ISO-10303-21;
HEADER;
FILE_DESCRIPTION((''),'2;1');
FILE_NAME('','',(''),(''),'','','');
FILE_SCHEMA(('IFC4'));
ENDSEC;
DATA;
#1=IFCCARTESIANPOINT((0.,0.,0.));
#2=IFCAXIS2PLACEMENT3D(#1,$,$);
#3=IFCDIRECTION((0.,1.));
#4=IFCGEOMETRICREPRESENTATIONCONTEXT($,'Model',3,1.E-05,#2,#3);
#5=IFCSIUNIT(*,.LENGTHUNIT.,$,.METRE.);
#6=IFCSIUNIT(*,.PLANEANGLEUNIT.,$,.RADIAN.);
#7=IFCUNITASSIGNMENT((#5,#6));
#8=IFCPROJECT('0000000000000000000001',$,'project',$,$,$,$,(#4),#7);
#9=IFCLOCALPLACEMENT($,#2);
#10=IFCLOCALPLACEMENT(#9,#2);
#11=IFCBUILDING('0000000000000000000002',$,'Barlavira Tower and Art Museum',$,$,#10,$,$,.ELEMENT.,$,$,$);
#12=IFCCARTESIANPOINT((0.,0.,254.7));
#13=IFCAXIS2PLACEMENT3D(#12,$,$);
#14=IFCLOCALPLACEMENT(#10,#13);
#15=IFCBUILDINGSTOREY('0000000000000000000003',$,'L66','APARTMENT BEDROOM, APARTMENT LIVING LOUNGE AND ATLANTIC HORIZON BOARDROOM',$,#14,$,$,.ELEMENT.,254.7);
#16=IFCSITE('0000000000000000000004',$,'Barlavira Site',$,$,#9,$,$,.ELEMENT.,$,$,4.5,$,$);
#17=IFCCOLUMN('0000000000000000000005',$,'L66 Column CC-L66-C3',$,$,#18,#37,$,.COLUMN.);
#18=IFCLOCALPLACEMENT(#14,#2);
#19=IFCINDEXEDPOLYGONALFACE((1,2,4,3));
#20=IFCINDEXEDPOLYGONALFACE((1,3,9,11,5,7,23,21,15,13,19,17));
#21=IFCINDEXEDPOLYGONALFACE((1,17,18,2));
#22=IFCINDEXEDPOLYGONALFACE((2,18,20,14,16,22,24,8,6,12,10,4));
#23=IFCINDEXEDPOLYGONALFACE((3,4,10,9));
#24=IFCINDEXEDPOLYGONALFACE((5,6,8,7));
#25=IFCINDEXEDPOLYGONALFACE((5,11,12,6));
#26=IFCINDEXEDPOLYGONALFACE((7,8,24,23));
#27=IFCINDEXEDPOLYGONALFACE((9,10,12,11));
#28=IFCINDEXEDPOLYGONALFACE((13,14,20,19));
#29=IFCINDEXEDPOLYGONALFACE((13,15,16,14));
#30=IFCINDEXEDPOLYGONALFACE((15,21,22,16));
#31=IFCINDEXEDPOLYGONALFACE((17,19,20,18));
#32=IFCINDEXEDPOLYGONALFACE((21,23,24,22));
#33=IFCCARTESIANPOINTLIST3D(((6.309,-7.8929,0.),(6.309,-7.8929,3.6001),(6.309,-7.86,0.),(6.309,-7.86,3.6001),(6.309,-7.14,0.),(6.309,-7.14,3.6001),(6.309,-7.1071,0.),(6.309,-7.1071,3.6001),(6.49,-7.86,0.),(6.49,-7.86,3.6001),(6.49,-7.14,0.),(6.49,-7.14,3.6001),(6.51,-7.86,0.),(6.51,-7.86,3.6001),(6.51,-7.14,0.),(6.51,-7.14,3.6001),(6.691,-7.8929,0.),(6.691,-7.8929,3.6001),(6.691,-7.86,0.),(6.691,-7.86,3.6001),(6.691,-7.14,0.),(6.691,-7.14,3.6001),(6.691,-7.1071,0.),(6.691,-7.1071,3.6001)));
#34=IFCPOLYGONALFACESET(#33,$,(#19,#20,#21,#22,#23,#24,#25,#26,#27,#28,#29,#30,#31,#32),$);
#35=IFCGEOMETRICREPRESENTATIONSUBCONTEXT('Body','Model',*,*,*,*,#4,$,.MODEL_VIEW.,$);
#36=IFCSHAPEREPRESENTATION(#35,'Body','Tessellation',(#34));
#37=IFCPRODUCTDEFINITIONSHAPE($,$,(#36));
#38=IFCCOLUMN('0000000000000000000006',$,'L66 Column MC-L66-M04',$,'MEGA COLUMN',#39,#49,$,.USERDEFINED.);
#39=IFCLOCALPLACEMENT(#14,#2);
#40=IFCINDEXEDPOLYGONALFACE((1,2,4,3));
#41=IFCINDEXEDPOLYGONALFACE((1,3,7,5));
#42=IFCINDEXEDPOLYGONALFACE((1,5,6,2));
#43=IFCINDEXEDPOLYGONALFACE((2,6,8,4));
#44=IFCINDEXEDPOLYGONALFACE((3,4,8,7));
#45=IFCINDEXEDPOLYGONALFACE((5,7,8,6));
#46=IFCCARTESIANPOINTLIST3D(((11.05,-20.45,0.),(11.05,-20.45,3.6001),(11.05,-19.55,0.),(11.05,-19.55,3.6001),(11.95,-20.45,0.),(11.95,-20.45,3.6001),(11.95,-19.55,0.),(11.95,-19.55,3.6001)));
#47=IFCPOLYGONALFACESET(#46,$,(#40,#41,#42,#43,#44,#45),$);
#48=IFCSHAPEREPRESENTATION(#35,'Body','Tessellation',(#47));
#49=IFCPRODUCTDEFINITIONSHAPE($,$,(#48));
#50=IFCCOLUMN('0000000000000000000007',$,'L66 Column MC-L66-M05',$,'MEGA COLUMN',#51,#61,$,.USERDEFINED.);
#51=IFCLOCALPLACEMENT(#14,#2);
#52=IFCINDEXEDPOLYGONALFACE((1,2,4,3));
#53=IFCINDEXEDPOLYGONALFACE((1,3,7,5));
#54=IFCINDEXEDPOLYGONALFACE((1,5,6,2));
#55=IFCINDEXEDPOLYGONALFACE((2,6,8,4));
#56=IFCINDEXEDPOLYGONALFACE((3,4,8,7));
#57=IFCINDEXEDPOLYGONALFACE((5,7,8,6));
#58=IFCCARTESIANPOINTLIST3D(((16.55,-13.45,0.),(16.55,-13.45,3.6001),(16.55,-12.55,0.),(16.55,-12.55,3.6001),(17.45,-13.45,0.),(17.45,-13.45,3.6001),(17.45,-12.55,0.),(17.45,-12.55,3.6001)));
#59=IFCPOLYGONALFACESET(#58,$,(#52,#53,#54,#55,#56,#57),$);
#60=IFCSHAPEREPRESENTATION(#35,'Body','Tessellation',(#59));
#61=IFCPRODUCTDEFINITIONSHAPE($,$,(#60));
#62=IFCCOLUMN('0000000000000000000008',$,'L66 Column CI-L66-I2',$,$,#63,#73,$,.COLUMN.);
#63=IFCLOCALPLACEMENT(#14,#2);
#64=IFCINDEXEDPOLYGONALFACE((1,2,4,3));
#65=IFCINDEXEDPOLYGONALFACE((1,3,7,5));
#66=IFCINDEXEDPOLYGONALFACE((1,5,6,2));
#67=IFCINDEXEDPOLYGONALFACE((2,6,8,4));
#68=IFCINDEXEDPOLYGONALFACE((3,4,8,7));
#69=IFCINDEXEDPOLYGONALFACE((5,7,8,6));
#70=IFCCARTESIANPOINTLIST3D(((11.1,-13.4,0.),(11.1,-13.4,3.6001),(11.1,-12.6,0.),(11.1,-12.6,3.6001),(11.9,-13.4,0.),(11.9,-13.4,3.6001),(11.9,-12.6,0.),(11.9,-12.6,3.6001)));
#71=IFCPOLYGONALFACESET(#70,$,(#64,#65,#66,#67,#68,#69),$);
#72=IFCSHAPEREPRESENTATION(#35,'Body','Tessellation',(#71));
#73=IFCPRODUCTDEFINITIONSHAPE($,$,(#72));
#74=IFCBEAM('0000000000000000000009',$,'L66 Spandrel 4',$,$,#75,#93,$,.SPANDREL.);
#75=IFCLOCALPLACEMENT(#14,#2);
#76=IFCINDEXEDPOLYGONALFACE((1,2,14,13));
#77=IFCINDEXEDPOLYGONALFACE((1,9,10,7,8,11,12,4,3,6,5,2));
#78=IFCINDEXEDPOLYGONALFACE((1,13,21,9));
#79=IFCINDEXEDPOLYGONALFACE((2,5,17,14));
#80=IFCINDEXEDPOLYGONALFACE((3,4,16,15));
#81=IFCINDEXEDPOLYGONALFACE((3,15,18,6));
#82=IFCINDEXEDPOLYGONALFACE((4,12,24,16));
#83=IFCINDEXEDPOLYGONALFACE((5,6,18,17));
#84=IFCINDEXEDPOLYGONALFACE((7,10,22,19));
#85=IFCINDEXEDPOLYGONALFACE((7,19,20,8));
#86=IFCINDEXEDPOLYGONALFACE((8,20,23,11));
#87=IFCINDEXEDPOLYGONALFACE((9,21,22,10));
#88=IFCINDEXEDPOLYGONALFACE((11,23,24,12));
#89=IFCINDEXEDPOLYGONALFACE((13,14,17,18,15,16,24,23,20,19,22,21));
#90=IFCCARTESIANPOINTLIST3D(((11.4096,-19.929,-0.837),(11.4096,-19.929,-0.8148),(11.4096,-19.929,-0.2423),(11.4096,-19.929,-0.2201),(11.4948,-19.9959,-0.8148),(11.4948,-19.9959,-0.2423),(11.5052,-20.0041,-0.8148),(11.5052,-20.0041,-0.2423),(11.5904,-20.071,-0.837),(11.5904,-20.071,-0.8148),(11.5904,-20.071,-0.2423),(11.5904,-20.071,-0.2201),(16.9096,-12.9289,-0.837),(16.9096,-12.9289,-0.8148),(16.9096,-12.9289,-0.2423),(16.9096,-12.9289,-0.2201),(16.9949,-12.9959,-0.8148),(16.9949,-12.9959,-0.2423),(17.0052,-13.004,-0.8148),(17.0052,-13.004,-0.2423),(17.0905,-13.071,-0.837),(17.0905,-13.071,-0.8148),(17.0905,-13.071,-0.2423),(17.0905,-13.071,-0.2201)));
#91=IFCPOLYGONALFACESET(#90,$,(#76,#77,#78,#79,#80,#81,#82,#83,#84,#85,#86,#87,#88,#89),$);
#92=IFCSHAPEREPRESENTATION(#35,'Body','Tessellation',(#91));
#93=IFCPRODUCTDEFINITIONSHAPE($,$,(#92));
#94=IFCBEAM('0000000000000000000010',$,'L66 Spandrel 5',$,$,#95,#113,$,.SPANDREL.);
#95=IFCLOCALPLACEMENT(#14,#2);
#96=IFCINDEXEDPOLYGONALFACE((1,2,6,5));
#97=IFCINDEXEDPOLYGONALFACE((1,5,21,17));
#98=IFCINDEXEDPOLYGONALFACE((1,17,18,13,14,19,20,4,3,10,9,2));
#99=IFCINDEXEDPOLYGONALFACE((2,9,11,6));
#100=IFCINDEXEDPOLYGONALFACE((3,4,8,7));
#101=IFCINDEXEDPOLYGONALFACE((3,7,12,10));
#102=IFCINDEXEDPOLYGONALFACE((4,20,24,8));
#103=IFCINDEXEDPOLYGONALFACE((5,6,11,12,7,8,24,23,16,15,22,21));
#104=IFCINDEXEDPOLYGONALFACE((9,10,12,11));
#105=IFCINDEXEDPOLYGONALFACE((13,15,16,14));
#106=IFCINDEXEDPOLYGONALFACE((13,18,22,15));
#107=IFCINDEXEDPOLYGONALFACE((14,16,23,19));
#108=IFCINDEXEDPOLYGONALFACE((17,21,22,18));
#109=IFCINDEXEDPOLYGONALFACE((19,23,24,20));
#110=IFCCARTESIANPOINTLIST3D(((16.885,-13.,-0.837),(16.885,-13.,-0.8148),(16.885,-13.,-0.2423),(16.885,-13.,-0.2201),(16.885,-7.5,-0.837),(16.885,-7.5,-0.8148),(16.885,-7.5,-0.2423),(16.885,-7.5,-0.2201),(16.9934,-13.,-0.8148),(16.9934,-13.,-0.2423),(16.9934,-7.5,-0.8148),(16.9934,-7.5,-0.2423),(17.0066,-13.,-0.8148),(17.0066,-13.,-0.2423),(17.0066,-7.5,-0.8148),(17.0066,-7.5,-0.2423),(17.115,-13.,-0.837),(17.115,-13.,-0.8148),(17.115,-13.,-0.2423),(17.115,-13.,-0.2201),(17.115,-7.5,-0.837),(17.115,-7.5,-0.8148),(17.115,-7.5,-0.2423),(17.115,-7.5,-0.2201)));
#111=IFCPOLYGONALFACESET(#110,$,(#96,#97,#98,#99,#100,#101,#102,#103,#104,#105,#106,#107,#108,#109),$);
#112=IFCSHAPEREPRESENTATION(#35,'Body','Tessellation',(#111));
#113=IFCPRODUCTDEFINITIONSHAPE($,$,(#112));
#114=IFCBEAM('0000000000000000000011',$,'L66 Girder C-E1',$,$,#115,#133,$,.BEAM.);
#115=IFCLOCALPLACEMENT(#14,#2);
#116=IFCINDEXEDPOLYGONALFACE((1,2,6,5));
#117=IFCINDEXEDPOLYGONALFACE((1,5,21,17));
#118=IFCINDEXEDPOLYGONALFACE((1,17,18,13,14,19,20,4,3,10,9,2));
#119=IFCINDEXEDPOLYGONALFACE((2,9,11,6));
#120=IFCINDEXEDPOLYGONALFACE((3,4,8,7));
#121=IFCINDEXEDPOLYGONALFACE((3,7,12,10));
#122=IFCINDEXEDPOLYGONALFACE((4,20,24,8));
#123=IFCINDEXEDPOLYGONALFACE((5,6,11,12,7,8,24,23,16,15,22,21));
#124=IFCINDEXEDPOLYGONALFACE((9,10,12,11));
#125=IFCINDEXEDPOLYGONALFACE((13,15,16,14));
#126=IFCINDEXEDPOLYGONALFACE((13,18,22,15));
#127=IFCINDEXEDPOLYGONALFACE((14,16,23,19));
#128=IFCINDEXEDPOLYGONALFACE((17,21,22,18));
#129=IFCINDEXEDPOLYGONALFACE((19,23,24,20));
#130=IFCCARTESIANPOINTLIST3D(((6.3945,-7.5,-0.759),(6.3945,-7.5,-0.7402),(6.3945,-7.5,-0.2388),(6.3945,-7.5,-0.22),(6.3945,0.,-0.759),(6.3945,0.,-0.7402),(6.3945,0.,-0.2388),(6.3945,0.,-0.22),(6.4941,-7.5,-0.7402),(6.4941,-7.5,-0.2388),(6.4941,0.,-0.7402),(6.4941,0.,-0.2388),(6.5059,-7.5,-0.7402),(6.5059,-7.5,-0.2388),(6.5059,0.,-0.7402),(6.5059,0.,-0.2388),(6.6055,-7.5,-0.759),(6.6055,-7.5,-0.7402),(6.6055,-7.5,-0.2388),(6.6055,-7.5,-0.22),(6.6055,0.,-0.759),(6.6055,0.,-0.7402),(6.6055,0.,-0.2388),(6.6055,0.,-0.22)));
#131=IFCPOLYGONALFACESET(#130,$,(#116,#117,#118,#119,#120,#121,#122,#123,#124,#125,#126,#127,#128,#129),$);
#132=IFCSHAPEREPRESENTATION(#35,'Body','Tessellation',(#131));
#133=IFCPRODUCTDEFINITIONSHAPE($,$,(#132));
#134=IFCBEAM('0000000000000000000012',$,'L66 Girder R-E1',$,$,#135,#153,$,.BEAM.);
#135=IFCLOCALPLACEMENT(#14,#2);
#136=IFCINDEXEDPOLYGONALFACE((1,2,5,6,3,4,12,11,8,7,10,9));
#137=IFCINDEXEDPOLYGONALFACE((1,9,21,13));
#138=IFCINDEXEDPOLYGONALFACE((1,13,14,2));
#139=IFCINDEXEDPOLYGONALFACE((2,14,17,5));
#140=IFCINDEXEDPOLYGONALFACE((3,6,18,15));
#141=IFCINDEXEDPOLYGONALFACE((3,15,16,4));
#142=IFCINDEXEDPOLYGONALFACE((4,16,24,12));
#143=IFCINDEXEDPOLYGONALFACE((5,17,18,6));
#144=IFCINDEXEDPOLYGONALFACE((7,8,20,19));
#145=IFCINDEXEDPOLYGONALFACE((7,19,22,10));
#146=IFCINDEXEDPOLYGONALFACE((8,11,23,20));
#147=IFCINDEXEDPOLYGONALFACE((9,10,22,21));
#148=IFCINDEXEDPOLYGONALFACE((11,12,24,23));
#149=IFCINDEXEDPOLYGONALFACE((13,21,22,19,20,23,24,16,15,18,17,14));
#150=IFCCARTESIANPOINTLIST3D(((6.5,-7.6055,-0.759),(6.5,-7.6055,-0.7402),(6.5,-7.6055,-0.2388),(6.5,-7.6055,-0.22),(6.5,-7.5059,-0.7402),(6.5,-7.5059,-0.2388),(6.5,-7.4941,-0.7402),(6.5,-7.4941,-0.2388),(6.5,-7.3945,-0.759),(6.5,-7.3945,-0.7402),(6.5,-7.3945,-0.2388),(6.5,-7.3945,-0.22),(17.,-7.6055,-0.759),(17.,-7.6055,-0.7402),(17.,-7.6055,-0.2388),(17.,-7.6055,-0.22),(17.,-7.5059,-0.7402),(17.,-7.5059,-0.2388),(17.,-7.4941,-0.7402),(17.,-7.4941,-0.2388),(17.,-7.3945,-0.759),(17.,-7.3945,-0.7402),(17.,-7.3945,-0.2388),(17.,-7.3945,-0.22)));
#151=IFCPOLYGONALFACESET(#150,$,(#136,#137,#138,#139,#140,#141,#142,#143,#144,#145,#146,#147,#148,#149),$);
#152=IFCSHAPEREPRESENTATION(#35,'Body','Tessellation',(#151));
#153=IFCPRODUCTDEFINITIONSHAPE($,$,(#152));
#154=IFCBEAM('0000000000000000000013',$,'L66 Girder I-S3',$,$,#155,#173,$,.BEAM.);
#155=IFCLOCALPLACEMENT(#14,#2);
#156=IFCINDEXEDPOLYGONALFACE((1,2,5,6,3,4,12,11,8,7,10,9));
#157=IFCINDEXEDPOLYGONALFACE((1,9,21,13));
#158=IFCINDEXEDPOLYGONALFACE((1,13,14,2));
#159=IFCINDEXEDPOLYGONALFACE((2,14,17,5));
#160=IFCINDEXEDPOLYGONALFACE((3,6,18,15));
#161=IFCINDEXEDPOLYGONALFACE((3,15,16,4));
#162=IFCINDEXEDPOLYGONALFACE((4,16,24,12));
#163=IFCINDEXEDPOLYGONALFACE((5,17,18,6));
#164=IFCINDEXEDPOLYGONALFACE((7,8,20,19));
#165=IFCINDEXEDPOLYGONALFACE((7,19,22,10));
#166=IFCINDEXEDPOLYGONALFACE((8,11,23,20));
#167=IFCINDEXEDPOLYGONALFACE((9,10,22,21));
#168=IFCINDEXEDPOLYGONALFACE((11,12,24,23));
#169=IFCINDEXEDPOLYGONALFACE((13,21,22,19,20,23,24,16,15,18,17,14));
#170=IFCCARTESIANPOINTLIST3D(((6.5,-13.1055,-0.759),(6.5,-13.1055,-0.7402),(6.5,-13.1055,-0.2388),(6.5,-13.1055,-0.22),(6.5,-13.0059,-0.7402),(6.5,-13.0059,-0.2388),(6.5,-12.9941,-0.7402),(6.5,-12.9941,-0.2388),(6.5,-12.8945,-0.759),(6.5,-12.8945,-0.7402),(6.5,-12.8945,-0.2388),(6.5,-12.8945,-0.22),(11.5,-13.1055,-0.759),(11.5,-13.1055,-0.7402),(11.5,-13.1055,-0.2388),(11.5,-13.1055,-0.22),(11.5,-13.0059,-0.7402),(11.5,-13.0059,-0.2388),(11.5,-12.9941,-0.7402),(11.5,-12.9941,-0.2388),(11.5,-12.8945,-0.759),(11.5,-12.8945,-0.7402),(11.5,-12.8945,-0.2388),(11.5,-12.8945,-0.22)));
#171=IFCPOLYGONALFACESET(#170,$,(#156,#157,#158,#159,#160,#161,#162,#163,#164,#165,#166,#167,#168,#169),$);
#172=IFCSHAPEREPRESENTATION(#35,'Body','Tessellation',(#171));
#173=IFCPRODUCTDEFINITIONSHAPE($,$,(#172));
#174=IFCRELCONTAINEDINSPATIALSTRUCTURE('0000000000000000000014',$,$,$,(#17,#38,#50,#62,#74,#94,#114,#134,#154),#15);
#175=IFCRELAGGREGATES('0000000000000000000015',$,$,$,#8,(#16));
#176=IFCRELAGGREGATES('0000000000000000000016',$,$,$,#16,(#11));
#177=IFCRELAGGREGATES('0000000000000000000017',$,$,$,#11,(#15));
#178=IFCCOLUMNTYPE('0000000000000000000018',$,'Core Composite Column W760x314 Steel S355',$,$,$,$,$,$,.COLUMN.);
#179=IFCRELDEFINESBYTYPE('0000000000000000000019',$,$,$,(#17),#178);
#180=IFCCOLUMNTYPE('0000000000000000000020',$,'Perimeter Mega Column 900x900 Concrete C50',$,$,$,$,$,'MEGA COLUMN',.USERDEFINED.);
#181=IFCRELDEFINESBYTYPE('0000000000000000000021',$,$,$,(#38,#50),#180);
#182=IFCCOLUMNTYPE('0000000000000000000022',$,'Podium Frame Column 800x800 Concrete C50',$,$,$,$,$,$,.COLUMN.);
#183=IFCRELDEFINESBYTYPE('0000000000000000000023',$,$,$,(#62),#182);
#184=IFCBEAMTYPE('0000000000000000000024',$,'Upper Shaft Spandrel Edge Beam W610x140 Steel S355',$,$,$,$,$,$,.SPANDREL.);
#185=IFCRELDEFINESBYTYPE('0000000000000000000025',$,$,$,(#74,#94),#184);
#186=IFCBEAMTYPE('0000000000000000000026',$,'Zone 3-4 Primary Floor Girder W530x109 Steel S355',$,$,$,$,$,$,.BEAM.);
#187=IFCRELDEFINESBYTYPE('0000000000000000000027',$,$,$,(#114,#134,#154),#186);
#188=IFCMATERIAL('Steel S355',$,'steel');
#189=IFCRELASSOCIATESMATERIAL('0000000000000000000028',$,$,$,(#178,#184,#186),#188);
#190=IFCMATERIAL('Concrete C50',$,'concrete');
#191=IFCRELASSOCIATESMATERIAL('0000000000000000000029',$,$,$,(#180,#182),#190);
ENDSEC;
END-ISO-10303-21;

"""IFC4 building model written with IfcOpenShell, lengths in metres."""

from ifc_helpers import new_model, si_unit, direction, frame, origin, origin_2d, place, context, subcontext, project, spatial, rectangle, i_section, extrude, material, material_profile, profile_set, type_object, element, save


model = new_model("IFC4")

# Units and contexts
model_context = context("Model", 3, precision=1e-05, world=origin(), true_north=direction((0.0, 1.0)))
body_context = subcontext(model_context, "Body", "Model", "MODEL_VIEW")
ifc_project = project(units=[si_unit("LENGTHUNIT", "METRE"), si_unit("PLANEANGLEUNIT", "RADIAN")], contexts=[model_context])

# Site, building, storey
site_placement = place(None, origin())
site = spatial("IfcSite", under=ifc_project, at=site_placement, Name="Barlavira Site", CompositionType="ELEMENT", RefElevation=4.5)
building_placement = place(site_placement, origin())
building = spatial("IfcBuilding", under=site, at=building_placement, Name="Barlavira Tower and Art Museum", CompositionType="ELEMENT")
storey_placement = place(building_placement, frame((0.0, 0.0, 254.7)))
storey = spatial("IfcBuildingStorey", under=building, at=storey_placement, Name="L66", Description="APARTMENT BEDROOM, APARTMENT LIVING LOUNGE AND ATLANTIC HORIZON BOARDROOM", CompositionType="ELEMENT", Elevation=254.7)

# Columns
ifc_material_1 = material(Name="Steel S355", Category="steel")
ifc_material_profile_1 = material_profile(ifc_material_1, i_section(OverallWidth=0.3821, OverallDepth=0.7859, WebThickness=0.02, FlangeThickness=0.033, at=origin_2d()), Name="W760x314.0")
ifc_profile_set_1 = profile_set([ifc_material_profile_1], Name="Steel S355")
column_type_1 = type_object("IfcColumnType", Name="Core Composite Column W760x314 Steel S355", PredefinedType="COLUMN", material=ifc_profile_set_1)
column_1_placement = place(storey_placement, frame((6.5, -7.5, 0.0), z_axis=(0.0, 0.0, 1.0), x_axis=(1.0, 0.0, 0.0)))
element("IfcColumn", 1, at=column_1_placement, inside=storey, type_object=column_type_1, Name="L66 Column CC-L66-C3", PredefinedType="COLUMN", context=body_context, shape_type="SweptSolid", body=[
    extrude(i_section(OverallWidth=0.3821, OverallDepth=0.7859, WebThickness=0.02, FlangeThickness=0.033, at=origin_2d()), origin(), (0.0, 0.0, 1.0), 3.6001),
])
ifc_material_2 = material(Name="Concrete C50", Category="concrete")
ifc_material_profile_2 = material_profile(ifc_material_2, rectangle(XDim=0.8999, YDim=0.8999, at=origin_2d()), Name="RC-COL 900x900")
ifc_profile_set_2 = profile_set([ifc_material_profile_2], Name="Concrete C50")
column_type_2 = type_object("IfcColumnType", Name="Perimeter Mega Column 900x900 Concrete C50", ElementType="MEGA COLUMN", PredefinedType="USERDEFINED", material=ifc_profile_set_2)
for number, where, z_axis, x_axis, name in (
    (2, (11.5, -20.0, 0.0), (0.0, 0.0, 1.0), (1.0, 0.0, 0.0), "L66 Column MC-L66-M04"),
    (3, (17.0, -13.0, 0.0), (0.0, 0.0, 1.0), (1.0, 0.0, 0.0), "L66 Column MC-L66-M05"),
):
    element("IfcColumn", number, at=place(storey_placement, frame(where, z_axis=z_axis, x_axis=x_axis)), inside=storey, type_object=column_type_2, Name=name, ObjectType="MEGA COLUMN", PredefinedType="USERDEFINED", context=body_context, shape_type="SweptSolid", body=[
        extrude(rectangle(XDim=0.8999, YDim=0.8999, at=origin_2d()), origin(), (0.0, 0.0, 1.0), 3.6001),
    ])
ifc_material_profile_3 = material_profile(ifc_material_2, rectangle(XDim=0.8, YDim=0.8, at=origin_2d()), Name="RC-COL 800x800")
ifc_profile_set_3 = profile_set([ifc_material_profile_3], Name="Concrete C50")
column_type_3 = type_object("IfcColumnType", Name="Podium Frame Column 800x800 Concrete C50", PredefinedType="COLUMN", material=ifc_profile_set_3)
column_2_placement = place(storey_placement, frame((11.5, -13.0, 0.0), z_axis=(0.0, 0.0, 1.0), x_axis=(1.0, 0.0, 0.0)))
element("IfcColumn", 4, at=column_2_placement, inside=storey, type_object=column_type_3, Name="L66 Column CI-L66-I2", PredefinedType="COLUMN", context=body_context, shape_type="SweptSolid", body=[
    extrude(rectangle(XDim=0.8, YDim=0.8, at=origin_2d()), origin(), (0.0, 0.0, 1.0), 3.6001),
])

# Beams
ifc_material_profile_4 = material_profile(ifc_material_1, i_section(OverallWidth=0.23, OverallDepth=0.6169, WebThickness=0.0132, FlangeThickness=0.0222, at=origin_2d()), Name="W610x140.0")
ifc_profile_set_4 = profile_set([ifc_material_profile_4], Name="Steel S355")
beam_type_1 = type_object("IfcBeamType", Name="Upper Shaft Spandrel Edge Beam W610x140 Steel S355", PredefinedType="SPANDREL", material=ifc_profile_set_4)
beam_1_placement = place(storey_placement, frame((11.5, -20.0, -0.5286), z_axis=(0.617822, 0.786318, 0.0), x_axis=(-0.786318, 0.617822, 0.0)))
element("IfcBeam", 5, at=beam_1_placement, inside=storey, type_object=beam_type_1, Name="L66 Spandrel 4", PredefinedType="SPANDREL", context=body_context, shape_type="SweptSolid", body=[
    extrude(i_section(OverallWidth=0.23, OverallDepth=0.6169, WebThickness=0.0132, FlangeThickness=0.0222, at=origin_2d()), origin(), (0.0, 0.0, 1.0), 8.9023),
])
beam_2_placement = place(storey_placement, frame((17.0, -13.0, -0.5286), z_axis=(0.0, 1.0, 0.0), x_axis=(-1.0, 0.0, 0.0)))
element("IfcBeam", 6, at=beam_2_placement, inside=storey, type_object=beam_type_1, Name="L66 Spandrel 5", PredefinedType="SPANDREL", context=body_context, shape_type="SweptSolid", body=[
    extrude(i_section(OverallWidth=0.23, OverallDepth=0.6169, WebThickness=0.0132, FlangeThickness=0.0222, at=origin_2d()), origin(), (0.0, 0.0, 1.0), 5.5),
])
ifc_material_profile_5 = material_profile(ifc_material_1, i_section(OverallWidth=0.2109, OverallDepth=0.5391, WebThickness=0.0117, FlangeThickness=0.0188, at=origin_2d()), Name="W530x109.0")
ifc_profile_set_5 = profile_set([ifc_material_profile_5], Name="Steel S355")
beam_type_2 = type_object("IfcBeamType", Name="Zone 3-4 Primary Floor Girder W530x109 Steel S355", PredefinedType="BEAM", material=ifc_profile_set_5)
beam_3_placement = place(storey_placement, frame((6.5, -7.5, -0.4895), z_axis=(0.0, 1.0, 0.0), x_axis=(-1.0, 0.0, 0.0)))
element("IfcBeam", 7, at=beam_3_placement, inside=storey, type_object=beam_type_2, Name="L66 Girder C-E1", PredefinedType="BEAM", context=body_context, shape_type="SweptSolid", body=[
    extrude(i_section(OverallWidth=0.2109, OverallDepth=0.5391, WebThickness=0.0117, FlangeThickness=0.0188, at=origin_2d()), origin(), (0.0, 0.0, 1.0), 7.5),
])
beam_4_placement = place(storey_placement, frame((6.5, -7.5, -0.4895), z_axis=(1.0, 0.0, 0.0), x_axis=(0.0, 1.0, 0.0)))
element("IfcBeam", 8, at=beam_4_placement, inside=storey, type_object=beam_type_2, Name="L66 Girder R-E1", PredefinedType="BEAM", context=body_context, shape_type="SweptSolid", body=[
    extrude(i_section(OverallWidth=0.2109, OverallDepth=0.5391, WebThickness=0.0117, FlangeThickness=0.0188, at=origin_2d()), origin(), (0.0, 0.0, 1.0), 10.5),
])
beam_5_placement = place(storey_placement, frame((6.5, -13.0, -0.4895), z_axis=(1.0, 0.0, 0.0), x_axis=(0.0, 1.0, 0.0)))
element("IfcBeam", 9, at=beam_5_placement, inside=storey, type_object=beam_type_2, Name="L66 Girder I-S3", PredefinedType="BEAM", context=body_context, shape_type="SweptSolid", body=[
    extrude(i_section(OverallWidth=0.2109, OverallDepth=0.5391, WebThickness=0.0117, FlangeThickness=0.0188, at=origin_2d()), origin(), (0.0, 0.0, 1.0), 5.0),
])

save(model, "model.ifc")
